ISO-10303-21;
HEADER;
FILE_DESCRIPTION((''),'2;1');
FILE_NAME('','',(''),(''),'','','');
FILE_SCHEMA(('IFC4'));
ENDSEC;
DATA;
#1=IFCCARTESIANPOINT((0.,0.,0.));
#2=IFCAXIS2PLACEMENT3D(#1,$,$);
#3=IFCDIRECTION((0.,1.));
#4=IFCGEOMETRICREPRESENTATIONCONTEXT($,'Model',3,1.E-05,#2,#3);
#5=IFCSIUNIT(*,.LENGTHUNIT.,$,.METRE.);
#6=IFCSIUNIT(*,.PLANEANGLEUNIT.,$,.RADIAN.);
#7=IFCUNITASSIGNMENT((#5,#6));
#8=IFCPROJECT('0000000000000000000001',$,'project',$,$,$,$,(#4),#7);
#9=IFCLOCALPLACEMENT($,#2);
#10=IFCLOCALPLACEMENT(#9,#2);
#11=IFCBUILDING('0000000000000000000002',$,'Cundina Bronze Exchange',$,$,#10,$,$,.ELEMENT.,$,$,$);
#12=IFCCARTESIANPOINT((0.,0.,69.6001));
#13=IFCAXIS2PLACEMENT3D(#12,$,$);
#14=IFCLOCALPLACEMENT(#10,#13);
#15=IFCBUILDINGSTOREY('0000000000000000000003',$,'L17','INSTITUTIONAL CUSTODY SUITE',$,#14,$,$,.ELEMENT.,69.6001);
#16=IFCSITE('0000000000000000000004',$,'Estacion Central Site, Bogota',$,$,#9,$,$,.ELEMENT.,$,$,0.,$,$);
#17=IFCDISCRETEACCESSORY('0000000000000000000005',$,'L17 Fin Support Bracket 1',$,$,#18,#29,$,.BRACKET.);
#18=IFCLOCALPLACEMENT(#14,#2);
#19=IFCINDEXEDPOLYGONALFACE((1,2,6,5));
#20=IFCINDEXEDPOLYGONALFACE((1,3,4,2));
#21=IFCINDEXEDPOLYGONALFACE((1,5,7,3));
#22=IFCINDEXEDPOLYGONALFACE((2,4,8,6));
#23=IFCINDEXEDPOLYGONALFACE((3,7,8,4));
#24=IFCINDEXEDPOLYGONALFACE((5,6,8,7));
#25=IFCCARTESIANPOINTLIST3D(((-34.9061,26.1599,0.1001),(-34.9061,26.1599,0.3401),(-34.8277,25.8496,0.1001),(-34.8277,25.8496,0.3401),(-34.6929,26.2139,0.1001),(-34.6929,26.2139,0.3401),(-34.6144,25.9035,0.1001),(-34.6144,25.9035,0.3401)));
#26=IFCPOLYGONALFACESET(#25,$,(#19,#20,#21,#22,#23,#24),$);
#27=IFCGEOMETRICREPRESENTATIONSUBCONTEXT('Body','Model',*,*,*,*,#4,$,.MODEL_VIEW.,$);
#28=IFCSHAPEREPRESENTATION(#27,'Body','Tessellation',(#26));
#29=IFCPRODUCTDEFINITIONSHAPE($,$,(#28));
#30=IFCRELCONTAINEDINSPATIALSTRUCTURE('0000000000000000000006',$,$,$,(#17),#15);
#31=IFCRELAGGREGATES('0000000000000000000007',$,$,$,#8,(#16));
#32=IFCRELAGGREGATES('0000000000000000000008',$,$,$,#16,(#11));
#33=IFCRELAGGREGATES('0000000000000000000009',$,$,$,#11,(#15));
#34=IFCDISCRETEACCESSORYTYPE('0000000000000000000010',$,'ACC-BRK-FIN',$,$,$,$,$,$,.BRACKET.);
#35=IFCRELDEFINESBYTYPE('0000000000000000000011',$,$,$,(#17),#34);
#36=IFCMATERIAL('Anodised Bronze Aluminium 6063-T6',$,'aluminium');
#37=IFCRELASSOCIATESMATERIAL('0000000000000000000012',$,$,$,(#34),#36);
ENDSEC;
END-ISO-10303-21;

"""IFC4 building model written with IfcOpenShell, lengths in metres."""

from ifc_helpers import new_model, si_unit, direction, frame, origin, origin_2d, place, context, subcontext, project, spatial, rectangle, extrude, material, type_object, element, save


model = new_model("IFC4")

# Units and contexts
model_context = context("Model", 3, precision=1e-05, world=origin(), true_north=direction((0.0, 1.0)))
body_context = subcontext(model_context, "Body", "Model", "MODEL_VIEW")
ifc_project = project(units=[si_unit("LENGTHUNIT", "METRE"), si_unit("PLANEANGLEUNIT", "RADIAN")], contexts=[model_context])

# Site, building, storey
site_placement = place(None, origin())
site = spatial("IfcSite", under=ifc_project, at=site_placement, Name="Estacion Central Site, Bogota", CompositionType="ELEMENT", RefElevation=0.0)
building_placement = place(site_placement, origin())
building = spatial("IfcBuilding", under=site, at=building_placement, Name="Cundina Bronze Exchange", CompositionType="ELEMENT")
storey_placement = place(building_placement, frame((0.0, 0.0, 69.6001)))
storey = spatial("IfcBuildingStorey", under=building, at=storey_placement, Name="L17", Description="INSTITUTIONAL CUSTODY SUITE", CompositionType="ELEMENT", Elevation=69.6001)

# Shared definitions
ifc_material_1 = material(Name="Anodised Bronze Aluminium 6063-T6", Category="aluminium")

# Discrete accessory
discrete_accessory_type = type_object("IfcDiscreteAccessoryType", Name="ACC-BRK-FIN", PredefinedType="BRACKET", material=ifc_material_1)
discrete_accessory_placement = place(storey_placement, frame((-34.7603, 26.0317, 0.1001), z_axis=(0.0, 0.0, 1.0), x_axis=(-0.969488, -0.245138, 0.0)))
element("IfcDiscreteAccessory", 1, at=discrete_accessory_placement, inside=storey, type_object=discrete_accessory_type, Name="L17 Fin Support Bracket 1", PredefinedType="BRACKET", context=body_context, shape_type="SweptSolid", body=[
    extrude(rectangle(XDim=0.22, YDim=0.3201, at=origin_2d()), origin(), (0.0, 0.0, 1.0), 0.24),
])

save(model, "model.ifc")
